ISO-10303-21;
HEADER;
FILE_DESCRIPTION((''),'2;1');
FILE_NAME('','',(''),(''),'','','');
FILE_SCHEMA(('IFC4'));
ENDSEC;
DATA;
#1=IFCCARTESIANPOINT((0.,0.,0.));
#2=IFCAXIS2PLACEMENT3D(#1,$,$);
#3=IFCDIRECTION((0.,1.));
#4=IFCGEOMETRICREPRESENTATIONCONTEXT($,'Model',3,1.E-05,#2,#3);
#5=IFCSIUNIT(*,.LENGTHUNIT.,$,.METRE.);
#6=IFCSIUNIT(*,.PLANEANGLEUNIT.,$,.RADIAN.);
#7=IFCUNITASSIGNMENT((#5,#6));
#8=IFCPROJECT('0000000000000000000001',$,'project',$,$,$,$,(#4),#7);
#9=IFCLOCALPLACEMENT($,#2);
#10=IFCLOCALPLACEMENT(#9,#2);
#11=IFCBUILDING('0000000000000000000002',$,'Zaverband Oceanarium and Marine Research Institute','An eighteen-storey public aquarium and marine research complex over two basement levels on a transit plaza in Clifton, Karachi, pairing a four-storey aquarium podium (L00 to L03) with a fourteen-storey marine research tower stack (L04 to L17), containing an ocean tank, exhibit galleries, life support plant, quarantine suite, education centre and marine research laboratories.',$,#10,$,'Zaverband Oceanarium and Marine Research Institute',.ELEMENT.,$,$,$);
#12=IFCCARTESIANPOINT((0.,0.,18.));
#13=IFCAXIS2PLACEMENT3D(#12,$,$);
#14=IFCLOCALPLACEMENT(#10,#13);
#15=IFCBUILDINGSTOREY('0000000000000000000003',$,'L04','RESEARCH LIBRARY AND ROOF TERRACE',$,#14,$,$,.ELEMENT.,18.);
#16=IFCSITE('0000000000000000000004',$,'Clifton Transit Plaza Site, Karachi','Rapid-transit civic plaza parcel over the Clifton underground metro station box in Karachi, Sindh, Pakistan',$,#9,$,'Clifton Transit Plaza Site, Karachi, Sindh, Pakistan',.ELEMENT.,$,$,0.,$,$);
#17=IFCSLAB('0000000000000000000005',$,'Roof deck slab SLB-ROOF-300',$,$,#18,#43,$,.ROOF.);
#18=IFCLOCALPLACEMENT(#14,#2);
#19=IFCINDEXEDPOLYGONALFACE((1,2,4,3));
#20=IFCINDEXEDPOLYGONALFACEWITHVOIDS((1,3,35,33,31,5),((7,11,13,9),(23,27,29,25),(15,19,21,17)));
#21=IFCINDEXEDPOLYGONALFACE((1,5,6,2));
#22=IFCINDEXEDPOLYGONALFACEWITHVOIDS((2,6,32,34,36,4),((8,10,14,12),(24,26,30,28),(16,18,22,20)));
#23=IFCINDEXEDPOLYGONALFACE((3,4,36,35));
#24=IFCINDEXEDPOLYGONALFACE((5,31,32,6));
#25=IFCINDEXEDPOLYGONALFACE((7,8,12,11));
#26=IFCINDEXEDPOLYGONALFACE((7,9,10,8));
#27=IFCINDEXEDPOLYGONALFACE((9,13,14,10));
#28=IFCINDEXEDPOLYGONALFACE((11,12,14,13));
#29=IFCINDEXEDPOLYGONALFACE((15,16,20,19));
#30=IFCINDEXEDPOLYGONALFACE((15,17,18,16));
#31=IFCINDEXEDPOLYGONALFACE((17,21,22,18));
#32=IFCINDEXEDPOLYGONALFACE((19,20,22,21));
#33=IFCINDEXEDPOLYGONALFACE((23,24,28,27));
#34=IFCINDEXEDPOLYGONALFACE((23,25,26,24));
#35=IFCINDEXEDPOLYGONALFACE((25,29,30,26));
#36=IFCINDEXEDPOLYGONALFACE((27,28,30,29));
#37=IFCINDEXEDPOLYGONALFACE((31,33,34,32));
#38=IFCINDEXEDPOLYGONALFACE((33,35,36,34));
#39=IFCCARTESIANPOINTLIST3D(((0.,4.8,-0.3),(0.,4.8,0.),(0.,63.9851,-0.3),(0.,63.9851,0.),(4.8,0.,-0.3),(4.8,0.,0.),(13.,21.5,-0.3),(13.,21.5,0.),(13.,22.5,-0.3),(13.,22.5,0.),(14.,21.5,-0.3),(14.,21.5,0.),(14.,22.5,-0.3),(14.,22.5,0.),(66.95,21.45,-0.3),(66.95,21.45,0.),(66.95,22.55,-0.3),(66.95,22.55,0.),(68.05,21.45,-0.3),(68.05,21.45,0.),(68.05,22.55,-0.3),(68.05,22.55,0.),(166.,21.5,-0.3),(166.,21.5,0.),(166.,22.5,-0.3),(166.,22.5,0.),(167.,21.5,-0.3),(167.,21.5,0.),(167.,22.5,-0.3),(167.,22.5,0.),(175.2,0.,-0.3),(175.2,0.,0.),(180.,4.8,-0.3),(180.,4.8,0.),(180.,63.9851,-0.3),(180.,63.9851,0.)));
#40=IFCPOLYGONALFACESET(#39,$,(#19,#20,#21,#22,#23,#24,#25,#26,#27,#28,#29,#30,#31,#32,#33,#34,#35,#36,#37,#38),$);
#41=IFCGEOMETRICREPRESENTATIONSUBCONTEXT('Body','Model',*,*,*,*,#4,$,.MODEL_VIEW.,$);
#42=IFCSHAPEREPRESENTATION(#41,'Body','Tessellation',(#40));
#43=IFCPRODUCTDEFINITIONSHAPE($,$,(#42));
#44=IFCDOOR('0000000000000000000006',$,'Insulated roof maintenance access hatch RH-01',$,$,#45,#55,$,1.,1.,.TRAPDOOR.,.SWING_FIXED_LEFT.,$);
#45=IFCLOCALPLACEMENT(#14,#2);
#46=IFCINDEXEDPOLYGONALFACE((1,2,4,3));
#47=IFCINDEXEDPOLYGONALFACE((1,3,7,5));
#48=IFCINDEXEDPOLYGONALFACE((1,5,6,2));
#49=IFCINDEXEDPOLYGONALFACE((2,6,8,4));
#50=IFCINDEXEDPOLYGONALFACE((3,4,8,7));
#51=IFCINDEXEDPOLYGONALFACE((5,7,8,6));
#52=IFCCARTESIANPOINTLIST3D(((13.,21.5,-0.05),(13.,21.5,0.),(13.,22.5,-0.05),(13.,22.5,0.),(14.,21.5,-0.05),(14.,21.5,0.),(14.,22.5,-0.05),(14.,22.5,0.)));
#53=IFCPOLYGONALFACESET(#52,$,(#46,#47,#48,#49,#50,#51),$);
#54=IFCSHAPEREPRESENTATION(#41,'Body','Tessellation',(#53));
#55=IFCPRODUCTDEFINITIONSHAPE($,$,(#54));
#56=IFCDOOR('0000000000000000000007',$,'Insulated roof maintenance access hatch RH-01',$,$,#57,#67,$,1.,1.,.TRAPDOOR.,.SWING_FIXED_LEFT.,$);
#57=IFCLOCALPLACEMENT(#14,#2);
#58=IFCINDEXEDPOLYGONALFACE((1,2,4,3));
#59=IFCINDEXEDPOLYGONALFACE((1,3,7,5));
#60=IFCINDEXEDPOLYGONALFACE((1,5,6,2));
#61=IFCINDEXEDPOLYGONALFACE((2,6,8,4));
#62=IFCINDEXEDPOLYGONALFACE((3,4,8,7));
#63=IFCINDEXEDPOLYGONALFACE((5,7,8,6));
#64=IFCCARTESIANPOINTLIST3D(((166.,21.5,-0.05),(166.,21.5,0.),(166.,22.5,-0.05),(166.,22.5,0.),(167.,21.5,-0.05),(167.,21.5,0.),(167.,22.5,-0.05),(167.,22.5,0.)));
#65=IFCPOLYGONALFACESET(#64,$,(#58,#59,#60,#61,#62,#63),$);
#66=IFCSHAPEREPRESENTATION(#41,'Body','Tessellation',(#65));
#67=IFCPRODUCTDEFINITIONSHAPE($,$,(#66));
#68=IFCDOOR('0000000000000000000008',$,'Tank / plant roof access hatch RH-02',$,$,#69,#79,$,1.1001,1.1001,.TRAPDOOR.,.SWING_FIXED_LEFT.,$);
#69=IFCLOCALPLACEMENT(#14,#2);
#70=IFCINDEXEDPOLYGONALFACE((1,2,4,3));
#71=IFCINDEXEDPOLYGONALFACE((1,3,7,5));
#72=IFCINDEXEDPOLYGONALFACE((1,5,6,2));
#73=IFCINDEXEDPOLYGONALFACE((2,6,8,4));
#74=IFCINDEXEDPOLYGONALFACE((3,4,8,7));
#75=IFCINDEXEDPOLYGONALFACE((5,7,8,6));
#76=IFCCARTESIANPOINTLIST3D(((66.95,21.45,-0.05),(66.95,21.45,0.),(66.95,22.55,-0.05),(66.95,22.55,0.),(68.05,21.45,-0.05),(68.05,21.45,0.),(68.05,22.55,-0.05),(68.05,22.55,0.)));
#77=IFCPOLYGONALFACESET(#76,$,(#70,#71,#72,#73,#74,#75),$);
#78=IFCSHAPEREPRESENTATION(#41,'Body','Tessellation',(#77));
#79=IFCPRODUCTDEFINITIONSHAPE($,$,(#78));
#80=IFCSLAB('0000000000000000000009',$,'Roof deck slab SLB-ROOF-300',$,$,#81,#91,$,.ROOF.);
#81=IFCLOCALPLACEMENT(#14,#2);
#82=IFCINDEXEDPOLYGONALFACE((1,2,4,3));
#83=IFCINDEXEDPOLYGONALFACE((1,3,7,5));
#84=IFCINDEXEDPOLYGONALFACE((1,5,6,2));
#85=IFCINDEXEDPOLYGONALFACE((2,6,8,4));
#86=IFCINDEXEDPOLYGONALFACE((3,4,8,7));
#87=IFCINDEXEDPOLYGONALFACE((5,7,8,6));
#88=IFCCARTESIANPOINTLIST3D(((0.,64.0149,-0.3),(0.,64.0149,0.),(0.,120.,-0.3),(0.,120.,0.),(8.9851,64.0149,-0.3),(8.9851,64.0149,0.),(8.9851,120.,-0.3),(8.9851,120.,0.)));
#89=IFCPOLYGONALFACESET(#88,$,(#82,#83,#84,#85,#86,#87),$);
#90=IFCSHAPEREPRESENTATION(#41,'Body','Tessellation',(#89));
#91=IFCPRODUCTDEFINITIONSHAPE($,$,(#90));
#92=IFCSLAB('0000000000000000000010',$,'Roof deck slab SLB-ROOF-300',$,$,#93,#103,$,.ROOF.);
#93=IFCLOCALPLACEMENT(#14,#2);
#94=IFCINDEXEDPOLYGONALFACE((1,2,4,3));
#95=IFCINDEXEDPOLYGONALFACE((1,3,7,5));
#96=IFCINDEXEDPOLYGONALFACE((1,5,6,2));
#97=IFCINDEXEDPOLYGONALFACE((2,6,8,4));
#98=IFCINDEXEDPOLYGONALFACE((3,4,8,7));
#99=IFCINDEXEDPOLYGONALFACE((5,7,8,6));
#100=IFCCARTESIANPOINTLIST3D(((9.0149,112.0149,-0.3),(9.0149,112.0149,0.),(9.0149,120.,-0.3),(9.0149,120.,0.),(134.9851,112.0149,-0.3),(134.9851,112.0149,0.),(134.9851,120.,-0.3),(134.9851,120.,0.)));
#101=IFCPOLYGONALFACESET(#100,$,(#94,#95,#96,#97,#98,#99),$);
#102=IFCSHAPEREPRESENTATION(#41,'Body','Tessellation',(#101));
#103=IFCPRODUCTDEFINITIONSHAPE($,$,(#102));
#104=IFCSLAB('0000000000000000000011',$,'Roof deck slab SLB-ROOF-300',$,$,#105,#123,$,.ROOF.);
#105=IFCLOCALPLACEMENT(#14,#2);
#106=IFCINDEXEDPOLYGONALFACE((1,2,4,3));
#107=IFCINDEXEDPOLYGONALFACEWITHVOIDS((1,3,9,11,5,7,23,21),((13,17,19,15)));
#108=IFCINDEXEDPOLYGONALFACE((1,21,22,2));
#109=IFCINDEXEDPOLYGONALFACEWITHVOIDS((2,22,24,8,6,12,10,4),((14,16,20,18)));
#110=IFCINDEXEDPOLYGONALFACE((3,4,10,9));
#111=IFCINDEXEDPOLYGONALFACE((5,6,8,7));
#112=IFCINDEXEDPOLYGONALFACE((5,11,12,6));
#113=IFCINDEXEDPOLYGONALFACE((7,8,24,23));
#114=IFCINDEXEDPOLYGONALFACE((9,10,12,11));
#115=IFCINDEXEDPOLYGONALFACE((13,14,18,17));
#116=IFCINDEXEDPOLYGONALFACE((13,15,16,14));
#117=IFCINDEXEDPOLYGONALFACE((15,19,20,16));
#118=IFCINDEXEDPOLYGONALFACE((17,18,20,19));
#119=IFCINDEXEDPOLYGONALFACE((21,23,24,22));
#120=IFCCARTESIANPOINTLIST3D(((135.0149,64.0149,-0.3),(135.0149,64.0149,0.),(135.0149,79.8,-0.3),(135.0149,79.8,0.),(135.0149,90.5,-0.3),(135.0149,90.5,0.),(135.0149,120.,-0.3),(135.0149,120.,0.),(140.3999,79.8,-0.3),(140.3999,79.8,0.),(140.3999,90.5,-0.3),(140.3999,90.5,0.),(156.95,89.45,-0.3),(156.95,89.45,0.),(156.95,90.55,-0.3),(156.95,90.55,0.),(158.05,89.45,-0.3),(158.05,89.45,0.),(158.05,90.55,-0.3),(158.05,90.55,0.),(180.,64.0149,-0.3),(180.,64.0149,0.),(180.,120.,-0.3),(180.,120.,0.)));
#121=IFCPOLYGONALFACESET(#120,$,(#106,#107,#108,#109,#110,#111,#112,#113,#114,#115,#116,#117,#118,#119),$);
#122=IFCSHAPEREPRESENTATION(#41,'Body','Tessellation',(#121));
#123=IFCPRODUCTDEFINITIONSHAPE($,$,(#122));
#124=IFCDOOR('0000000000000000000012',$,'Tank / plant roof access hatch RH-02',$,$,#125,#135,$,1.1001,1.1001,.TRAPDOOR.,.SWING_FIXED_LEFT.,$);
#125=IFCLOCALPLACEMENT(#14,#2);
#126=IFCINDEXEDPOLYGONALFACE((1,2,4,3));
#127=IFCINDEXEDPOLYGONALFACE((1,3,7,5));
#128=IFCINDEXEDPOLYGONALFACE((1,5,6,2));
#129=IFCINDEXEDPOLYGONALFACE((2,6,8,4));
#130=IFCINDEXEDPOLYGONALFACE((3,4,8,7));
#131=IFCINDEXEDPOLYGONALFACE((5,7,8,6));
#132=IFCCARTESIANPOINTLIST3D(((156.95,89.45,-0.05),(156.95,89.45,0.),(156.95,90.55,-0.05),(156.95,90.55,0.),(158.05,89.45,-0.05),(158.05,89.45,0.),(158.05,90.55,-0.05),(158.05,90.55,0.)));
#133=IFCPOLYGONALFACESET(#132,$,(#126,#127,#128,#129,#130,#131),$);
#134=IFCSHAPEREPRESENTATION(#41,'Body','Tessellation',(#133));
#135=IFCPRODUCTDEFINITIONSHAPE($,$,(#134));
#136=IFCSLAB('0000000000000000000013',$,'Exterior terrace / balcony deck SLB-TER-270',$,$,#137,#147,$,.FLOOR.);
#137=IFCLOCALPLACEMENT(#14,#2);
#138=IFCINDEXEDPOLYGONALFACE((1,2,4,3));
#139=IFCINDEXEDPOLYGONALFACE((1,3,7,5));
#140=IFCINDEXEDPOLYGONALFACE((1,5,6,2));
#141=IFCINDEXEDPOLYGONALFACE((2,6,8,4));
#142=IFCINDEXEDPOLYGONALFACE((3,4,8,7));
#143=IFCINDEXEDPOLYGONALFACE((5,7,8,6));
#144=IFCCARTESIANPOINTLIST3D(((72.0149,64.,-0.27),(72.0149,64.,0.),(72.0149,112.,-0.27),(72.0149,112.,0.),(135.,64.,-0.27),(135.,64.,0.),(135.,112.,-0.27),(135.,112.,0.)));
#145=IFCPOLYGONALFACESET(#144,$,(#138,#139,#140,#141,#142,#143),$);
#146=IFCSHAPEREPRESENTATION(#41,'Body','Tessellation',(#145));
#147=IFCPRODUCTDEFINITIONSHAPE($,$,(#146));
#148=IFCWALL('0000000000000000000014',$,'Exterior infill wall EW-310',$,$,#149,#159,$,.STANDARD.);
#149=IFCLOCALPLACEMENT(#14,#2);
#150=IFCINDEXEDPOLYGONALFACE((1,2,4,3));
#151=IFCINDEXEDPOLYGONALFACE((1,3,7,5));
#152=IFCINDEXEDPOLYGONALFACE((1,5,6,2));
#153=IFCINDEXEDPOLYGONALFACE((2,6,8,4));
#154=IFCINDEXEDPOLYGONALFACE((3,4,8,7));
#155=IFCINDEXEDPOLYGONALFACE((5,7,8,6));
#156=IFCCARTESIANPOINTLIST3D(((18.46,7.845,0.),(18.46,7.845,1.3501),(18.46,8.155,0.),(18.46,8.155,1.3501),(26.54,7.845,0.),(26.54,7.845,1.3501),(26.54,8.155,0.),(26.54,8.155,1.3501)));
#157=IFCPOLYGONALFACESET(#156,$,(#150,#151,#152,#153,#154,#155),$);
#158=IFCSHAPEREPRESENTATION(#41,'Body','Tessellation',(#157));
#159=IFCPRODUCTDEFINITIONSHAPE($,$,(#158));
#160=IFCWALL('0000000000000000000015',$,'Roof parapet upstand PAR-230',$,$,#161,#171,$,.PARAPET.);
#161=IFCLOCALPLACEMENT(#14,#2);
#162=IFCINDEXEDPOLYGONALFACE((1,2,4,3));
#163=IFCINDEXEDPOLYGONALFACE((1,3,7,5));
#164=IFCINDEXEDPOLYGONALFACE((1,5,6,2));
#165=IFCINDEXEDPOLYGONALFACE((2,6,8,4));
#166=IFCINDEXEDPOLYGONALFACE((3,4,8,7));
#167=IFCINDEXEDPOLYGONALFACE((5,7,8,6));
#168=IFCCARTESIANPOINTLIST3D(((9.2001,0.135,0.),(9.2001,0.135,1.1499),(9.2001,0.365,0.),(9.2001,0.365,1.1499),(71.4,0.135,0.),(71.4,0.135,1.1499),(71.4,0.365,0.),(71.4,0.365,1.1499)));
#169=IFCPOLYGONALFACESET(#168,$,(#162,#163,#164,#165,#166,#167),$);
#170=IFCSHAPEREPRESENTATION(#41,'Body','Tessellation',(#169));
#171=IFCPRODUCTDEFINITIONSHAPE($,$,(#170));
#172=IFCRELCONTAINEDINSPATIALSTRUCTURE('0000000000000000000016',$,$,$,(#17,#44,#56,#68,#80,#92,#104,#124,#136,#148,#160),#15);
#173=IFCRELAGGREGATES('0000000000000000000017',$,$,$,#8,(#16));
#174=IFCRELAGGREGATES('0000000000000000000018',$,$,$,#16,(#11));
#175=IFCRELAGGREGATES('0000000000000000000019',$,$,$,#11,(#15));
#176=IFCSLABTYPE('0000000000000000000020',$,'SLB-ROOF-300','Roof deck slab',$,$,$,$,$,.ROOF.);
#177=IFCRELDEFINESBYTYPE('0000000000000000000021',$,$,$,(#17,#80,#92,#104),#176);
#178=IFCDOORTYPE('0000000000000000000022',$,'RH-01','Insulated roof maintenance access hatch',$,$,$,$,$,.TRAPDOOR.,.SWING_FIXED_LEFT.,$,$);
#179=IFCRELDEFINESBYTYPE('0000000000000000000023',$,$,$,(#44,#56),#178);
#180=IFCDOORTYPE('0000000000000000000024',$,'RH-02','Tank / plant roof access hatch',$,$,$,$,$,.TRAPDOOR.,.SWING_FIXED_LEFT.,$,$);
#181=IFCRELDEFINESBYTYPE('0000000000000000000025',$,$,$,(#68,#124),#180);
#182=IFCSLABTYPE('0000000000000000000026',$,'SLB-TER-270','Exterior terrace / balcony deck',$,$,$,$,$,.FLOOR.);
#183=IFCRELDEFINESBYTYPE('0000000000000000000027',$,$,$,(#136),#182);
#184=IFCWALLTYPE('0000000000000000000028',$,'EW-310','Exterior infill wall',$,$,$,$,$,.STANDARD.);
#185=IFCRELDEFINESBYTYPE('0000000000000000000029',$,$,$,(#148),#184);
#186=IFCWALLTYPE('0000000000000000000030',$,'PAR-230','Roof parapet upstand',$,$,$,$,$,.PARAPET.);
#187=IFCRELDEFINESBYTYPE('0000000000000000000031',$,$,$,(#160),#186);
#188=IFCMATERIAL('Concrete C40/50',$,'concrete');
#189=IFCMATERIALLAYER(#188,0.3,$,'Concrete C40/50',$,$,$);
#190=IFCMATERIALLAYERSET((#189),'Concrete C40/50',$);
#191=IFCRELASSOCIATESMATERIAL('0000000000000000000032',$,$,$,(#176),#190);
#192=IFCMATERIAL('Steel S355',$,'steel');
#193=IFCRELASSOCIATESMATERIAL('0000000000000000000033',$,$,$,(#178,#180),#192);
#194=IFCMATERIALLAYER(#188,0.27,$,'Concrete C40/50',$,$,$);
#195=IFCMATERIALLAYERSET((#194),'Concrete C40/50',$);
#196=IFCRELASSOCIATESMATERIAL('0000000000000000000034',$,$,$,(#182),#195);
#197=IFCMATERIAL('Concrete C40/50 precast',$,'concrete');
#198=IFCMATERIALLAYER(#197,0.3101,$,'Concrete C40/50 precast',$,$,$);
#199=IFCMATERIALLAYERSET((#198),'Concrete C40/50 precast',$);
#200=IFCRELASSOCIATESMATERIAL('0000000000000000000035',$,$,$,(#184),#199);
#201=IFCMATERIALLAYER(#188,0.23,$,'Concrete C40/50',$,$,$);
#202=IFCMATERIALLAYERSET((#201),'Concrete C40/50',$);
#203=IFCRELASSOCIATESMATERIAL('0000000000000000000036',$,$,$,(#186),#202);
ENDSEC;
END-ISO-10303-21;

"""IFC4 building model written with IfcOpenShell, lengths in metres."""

from ifc_helpers import new_model, si_unit, direction, frame, frame_2d, origin, origin_2d, place, context, subcontext, project, spatial, polyline, rectangle, outline, extrude, material, layer, layer_set, type_object, element, fill, save


model = new_model("IFC4")

# Units and contexts
model_context = context("Model", 3, precision=1e-05, world=origin(), true_north=direction((0.0, 1.0)))
body_context = subcontext(model_context, "Body", "Model", "MODEL_VIEW")
ifc_project = project(units=[si_unit("LENGTHUNIT", "METRE"), si_unit("PLANEANGLEUNIT", "RADIAN")], contexts=[model_context])

# Site, building, storey
site_placement = place(None, origin())
site = spatial("IfcSite", under=ifc_project, at=site_placement, Name="Clifton Transit Plaza Site, Karachi", Description="Rapid-transit civic plaza parcel over the Clifton underground metro station box in Karachi, Sindh, Pakistan", LongName="Clifton Transit Plaza Site, Karachi, Sindh, Pakistan", CompositionType="ELEMENT", RefElevation=0.0)
building_placement = place(site_placement, origin())
building = spatial("IfcBuilding", under=site, at=building_placement, Name="Zaverband Oceanarium and Marine Research Institute", Description="An eighteen-storey public aquarium and marine research complex over two basement levels on a transit plaza in Clifton, Karachi, pairing a four-storey aquarium podium (L00 to L03) with a fourteen-storey marine research tower stack (L04 to L17), containing an ocean tank, exhibit galleries, life support plant, quarantine suite, education centre and marine research laboratories.", LongName="Zaverband Oceanarium and Marine Research Institute", CompositionType="ELEMENT")
storey_placement = place(building_placement, frame((0.0, 0.0, 18.0)))
storey = spatial("IfcBuildingStorey", under=building, at=storey_placement, Name="L04", Description="RESEARCH LIBRARY AND ROOF TERRACE", CompositionType="ELEMENT", Elevation=18.0)

# Shared definitions
ifc_material_1 = material(Name="Steel S355", Category="steel")

# Shared definitions
ifc_material_2 = material(Name="Concrete C40/50", Category="concrete")

# Slab, openings, doors
ifc_layer_1 = layer(ifc_material_2, 0.3, Name="Concrete C40/50")
ifc_layer_set_1 = layer_set([ifc_layer_1], Name="Concrete C40/50")
slab_type_1 = type_object("IfcSlabType", Name="SLB-ROOF-300", Description="Roof deck slab", PredefinedType="ROOF", material=ifc_layer_set_1)
slab_1_placement = place(storey_placement, frame((0.0, 0.0, -0.3)))
slab_1 = element("IfcSlab", 1, at=slab_1_placement, inside=storey, type_object=slab_type_1, Name="Roof deck slab SLB-ROOF-300", PredefinedType="ROOF", context=body_context, shape_type="SweptSolid", body=[
    extrude(outline(polyline([(0.0, 4.8), (0.0, 63.9851), (180.0, 63.9851), (180.0, 4.8), (175.2, 0.0), (4.8, 0.0), (0.0, 4.8)])), origin(), (0.0, 0.0, 1.0), 0.3),
])
opening_1_placement = place(slab_1_placement, frame((13.5, 22.0, -0.012)))
opening_1 = element("IfcOpeningElement", 2, at=opening_1_placement, cuts=slab_1, PredefinedType="OPENING", context=body_context, shape_type="SweptSolid", body=[
    extrude(rectangle(XDim=1.0, YDim=1.0, at=origin_2d()), origin(), (0.0, 0.0, 1.0), 0.324),
])
opening_2_placement = place(slab_1_placement, frame((166.5, 22.0, -0.012)))
opening_2 = element("IfcOpeningElement", 3, at=opening_2_placement, cuts=slab_1, PredefinedType="OPENING", context=body_context, shape_type="SweptSolid", body=[
    extrude(rectangle(XDim=1.0, YDim=1.0, at=origin_2d()), origin(), (0.0, 0.0, 1.0), 0.324),
])
opening_3_placement = place(slab_1_placement, frame((67.5, 22.0, -0.012)))
opening_3 = element("IfcOpeningElement", 4, at=opening_3_placement, cuts=slab_1, PredefinedType="OPENING", context=body_context, shape_type="SweptSolid", body=[
    extrude(rectangle(XDim=1.1001, YDim=1.1001, at=origin_2d()), origin(), (0.0, 0.0, 1.0), 0.324),
])
door_type_1 = type_object("IfcDoorType", Name="RH-01", Description="Insulated roof maintenance access hatch", OperationType="SWING_FIXED_LEFT", PredefinedType="TRAPDOOR", material=ifc_material_1)
door_1_placement = place(slab_1_placement, frame((13.5, 22.0, 0.25)))
door_1 = element("IfcDoor", 5, at=door_1_placement, inside=storey, type_object=door_type_1, Name="Insulated roof maintenance access hatch RH-01", OperationType="SWING_FIXED_LEFT", OverallHeight=1.0, OverallWidth=1.0, PredefinedType="TRAPDOOR", context=body_context, shape_type="SweptSolid", body=[
    extrude(rectangle(XDim=1.0, YDim=1.0, at=origin_2d()), origin(), (0.0, 0.0, 1.0), 0.05),
])
fill(opening_1, door_1)
door_2_placement = place(slab_1_placement, frame((166.5, 22.0, 0.25)))
door_2 = element("IfcDoor", 6, at=door_2_placement, inside=storey, type_object=door_type_1, Name="Insulated roof maintenance access hatch RH-01", OperationType="SWING_FIXED_LEFT", OverallHeight=1.0, OverallWidth=1.0, PredefinedType="TRAPDOOR", context=body_context, shape_type="SweptSolid", body=[
    extrude(rectangle(XDim=1.0, YDim=1.0, at=origin_2d()), origin(), (0.0, 0.0, 1.0), 0.05),
])
fill(opening_2, door_2)
door_type_2 = type_object("IfcDoorType", Name="RH-02", Description="Tank / plant roof access hatch", OperationType="SWING_FIXED_LEFT", PredefinedType="TRAPDOOR", material=ifc_material_1)
door_3_placement = place(slab_1_placement, frame((67.5, 22.0, 0.25)))
door_3 = element("IfcDoor", 7, at=door_3_placement, inside=storey, type_object=door_type_2, Name="Tank / plant roof access hatch RH-02", OperationType="SWING_FIXED_LEFT", OverallHeight=1.1001, OverallWidth=1.1001, PredefinedType="TRAPDOOR", context=body_context, shape_type="SweptSolid", body=[
    extrude(rectangle(XDim=1.1001, YDim=1.1001, at=origin_2d()), origin(), (0.0, 0.0, 1.0), 0.05),
])
fill(opening_3, door_3)

# Slabs
slab_2_placement = place(storey_placement, frame((0.0, 0.0, -0.3)))
element("IfcSlab", 8, at=slab_2_placement, inside=storey, type_object=slab_type_1, Name="Roof deck slab SLB-ROOF-300", PredefinedType="ROOF", context=body_context, shape_type="SweptSolid", body=[
    extrude(outline(polyline([(0.0, 120.0), (8.9851, 120.0), (8.9851, 64.0149), (0.0, 64.0149), (0.0, 120.0)])), origin(), (0.0, 0.0, 1.0), 0.3),
])
slab_3_placement = place(storey_placement, frame((0.0, 0.0, -0.3)))
element("IfcSlab", 9, at=slab_3_placement, inside=storey, type_object=slab_type_1, Name="Roof deck slab SLB-ROOF-300", PredefinedType="ROOF", context=body_context, shape_type="SweptSolid", body=[
    extrude(outline(polyline([(9.0149, 120.0), (134.9851, 120.0), (134.9851, 112.0149), (9.0149, 112.0149), (9.0149, 120.0)])), origin(), (0.0, 0.0, 1.0), 0.3),
])

# Slab, opening, door
slab_4_placement = place(storey_placement, frame((0.0, 0.0, -0.3)))
slab_4 = element("IfcSlab", 10, at=slab_4_placement, inside=storey, type_object=slab_type_1, Name="Roof deck slab SLB-ROOF-300", PredefinedType="ROOF", context=body_context, shape_type="SweptSolid", body=[
    extrude(outline(polyline([(135.0149, 120.0), (180.0, 120.0), (180.0, 64.0149), (135.0149, 64.0149), (135.0149, 79.8), (140.3999, 79.8), (140.3999, 90.5), (135.0149, 90.5), (135.0149, 120.0)])), origin(), (0.0, 0.0, 1.0), 0.3),
])
opening_4_placement = place(slab_4_placement, frame((157.5, 90.0, -0.012)))
opening_4 = element("IfcOpeningElement", 11, at=opening_4_placement, cuts=slab_4, PredefinedType="OPENING", context=body_context, shape_type="SweptSolid", body=[
    extrude(rectangle(XDim=1.1001, YDim=1.1001, at=origin_2d()), origin(), (0.0, 0.0, 1.0), 0.324),
])
door_4_placement = place(slab_4_placement, frame((157.5, 90.0, 0.25)))
door_4 = element("IfcDoor", 12, at=door_4_placement, inside=storey, type_object=door_type_2, Name="Tank / plant roof access hatch RH-02", OperationType="SWING_FIXED_LEFT", OverallHeight=1.1001, OverallWidth=1.1001, PredefinedType="TRAPDOOR", context=body_context, shape_type="SweptSolid", body=[
    extrude(rectangle(XDim=1.1001, YDim=1.1001, at=origin_2d()), origin(), (0.0, 0.0, 1.0), 0.05),
])
fill(opening_4, door_4)

# Slab
ifc_layer_2 = layer(ifc_material_2, 0.27, Name="Concrete C40/50")
ifc_layer_set_2 = layer_set([ifc_layer_2], Name="Concrete C40/50")
slab_type_2 = type_object("IfcSlabType", Name="SLB-TER-270", Description="Exterior terrace / balcony deck", PredefinedType="FLOOR", material=ifc_layer_set_2)
slab_5_placement = place(storey_placement, frame((0.0, 0.0, -0.27)))
element("IfcSlab", 13, at=slab_5_placement, inside=storey, type_object=slab_type_2, Name="Exterior terrace / balcony deck SLB-TER-270", PredefinedType="FLOOR", context=body_context, shape_type="SweptSolid", body=[
    extrude(outline(polyline([(72.0149, 64.0), (135.0, 64.0), (135.0, 112.0), (72.0149, 112.0), (72.0149, 64.0)])), origin(), (0.0, 0.0, 1.0), 0.27),
])

# Walls
ifc_material_3 = material(Name="Concrete C40/50 precast", Category="concrete")
ifc_layer_3 = layer(ifc_material_3, 0.3101, Name="Concrete C40/50 precast")
ifc_layer_set_3 = layer_set([ifc_layer_3], Name="Concrete C40/50 precast")
wall_type_1 = type_object("IfcWallType", Name="EW-310", Description="Exterior infill wall", PredefinedType="STANDARD", material=ifc_layer_set_3)
wall_1_placement = place(storey_placement, frame((18.46, 8.0, 0.0), z_axis=(0.0, 0.0, 1.0), x_axis=(1.0, 0.0, 0.0)))
element("IfcWall", 14, at=wall_1_placement, inside=storey, type_object=wall_type_1, Name="Exterior infill wall EW-310", PredefinedType="STANDARD", context=body_context, shape_type="SweptSolid", body=[
    extrude(rectangle(XDim=8.0801, YDim=0.3101, at=frame_2d((4.04, 0.0))), origin(), (0.0, 0.0, 1.0), 1.3501),
])
ifc_layer_4 = layer(ifc_material_2, 0.23, Name="Concrete C40/50")
ifc_layer_set_4 = layer_set([ifc_layer_4], Name="Concrete C40/50")
wall_type_2 = type_object("IfcWallType", Name="PAR-230", Description="Roof parapet upstand", PredefinedType="PARAPET", material=ifc_layer_set_4)
wall_2_placement = place(storey_placement, frame((9.2, 0.25, 0.0), z_axis=(0.0, 0.0, 1.0), x_axis=(1.0, 0.0, 0.0)))
element("IfcWall", 15, at=wall_2_placement, inside=storey, type_object=wall_type_2, Name="Roof parapet upstand PAR-230", PredefinedType="PARAPET", context=body_context, shape_type="SweptSolid", body=[
    extrude(rectangle(XDim=62.2, YDim=0.23, at=frame_2d((31.1001, 0.0))), origin(), (0.0, 0.0, 1.0), 1.1499),
])

save(model, "model.ifc")
